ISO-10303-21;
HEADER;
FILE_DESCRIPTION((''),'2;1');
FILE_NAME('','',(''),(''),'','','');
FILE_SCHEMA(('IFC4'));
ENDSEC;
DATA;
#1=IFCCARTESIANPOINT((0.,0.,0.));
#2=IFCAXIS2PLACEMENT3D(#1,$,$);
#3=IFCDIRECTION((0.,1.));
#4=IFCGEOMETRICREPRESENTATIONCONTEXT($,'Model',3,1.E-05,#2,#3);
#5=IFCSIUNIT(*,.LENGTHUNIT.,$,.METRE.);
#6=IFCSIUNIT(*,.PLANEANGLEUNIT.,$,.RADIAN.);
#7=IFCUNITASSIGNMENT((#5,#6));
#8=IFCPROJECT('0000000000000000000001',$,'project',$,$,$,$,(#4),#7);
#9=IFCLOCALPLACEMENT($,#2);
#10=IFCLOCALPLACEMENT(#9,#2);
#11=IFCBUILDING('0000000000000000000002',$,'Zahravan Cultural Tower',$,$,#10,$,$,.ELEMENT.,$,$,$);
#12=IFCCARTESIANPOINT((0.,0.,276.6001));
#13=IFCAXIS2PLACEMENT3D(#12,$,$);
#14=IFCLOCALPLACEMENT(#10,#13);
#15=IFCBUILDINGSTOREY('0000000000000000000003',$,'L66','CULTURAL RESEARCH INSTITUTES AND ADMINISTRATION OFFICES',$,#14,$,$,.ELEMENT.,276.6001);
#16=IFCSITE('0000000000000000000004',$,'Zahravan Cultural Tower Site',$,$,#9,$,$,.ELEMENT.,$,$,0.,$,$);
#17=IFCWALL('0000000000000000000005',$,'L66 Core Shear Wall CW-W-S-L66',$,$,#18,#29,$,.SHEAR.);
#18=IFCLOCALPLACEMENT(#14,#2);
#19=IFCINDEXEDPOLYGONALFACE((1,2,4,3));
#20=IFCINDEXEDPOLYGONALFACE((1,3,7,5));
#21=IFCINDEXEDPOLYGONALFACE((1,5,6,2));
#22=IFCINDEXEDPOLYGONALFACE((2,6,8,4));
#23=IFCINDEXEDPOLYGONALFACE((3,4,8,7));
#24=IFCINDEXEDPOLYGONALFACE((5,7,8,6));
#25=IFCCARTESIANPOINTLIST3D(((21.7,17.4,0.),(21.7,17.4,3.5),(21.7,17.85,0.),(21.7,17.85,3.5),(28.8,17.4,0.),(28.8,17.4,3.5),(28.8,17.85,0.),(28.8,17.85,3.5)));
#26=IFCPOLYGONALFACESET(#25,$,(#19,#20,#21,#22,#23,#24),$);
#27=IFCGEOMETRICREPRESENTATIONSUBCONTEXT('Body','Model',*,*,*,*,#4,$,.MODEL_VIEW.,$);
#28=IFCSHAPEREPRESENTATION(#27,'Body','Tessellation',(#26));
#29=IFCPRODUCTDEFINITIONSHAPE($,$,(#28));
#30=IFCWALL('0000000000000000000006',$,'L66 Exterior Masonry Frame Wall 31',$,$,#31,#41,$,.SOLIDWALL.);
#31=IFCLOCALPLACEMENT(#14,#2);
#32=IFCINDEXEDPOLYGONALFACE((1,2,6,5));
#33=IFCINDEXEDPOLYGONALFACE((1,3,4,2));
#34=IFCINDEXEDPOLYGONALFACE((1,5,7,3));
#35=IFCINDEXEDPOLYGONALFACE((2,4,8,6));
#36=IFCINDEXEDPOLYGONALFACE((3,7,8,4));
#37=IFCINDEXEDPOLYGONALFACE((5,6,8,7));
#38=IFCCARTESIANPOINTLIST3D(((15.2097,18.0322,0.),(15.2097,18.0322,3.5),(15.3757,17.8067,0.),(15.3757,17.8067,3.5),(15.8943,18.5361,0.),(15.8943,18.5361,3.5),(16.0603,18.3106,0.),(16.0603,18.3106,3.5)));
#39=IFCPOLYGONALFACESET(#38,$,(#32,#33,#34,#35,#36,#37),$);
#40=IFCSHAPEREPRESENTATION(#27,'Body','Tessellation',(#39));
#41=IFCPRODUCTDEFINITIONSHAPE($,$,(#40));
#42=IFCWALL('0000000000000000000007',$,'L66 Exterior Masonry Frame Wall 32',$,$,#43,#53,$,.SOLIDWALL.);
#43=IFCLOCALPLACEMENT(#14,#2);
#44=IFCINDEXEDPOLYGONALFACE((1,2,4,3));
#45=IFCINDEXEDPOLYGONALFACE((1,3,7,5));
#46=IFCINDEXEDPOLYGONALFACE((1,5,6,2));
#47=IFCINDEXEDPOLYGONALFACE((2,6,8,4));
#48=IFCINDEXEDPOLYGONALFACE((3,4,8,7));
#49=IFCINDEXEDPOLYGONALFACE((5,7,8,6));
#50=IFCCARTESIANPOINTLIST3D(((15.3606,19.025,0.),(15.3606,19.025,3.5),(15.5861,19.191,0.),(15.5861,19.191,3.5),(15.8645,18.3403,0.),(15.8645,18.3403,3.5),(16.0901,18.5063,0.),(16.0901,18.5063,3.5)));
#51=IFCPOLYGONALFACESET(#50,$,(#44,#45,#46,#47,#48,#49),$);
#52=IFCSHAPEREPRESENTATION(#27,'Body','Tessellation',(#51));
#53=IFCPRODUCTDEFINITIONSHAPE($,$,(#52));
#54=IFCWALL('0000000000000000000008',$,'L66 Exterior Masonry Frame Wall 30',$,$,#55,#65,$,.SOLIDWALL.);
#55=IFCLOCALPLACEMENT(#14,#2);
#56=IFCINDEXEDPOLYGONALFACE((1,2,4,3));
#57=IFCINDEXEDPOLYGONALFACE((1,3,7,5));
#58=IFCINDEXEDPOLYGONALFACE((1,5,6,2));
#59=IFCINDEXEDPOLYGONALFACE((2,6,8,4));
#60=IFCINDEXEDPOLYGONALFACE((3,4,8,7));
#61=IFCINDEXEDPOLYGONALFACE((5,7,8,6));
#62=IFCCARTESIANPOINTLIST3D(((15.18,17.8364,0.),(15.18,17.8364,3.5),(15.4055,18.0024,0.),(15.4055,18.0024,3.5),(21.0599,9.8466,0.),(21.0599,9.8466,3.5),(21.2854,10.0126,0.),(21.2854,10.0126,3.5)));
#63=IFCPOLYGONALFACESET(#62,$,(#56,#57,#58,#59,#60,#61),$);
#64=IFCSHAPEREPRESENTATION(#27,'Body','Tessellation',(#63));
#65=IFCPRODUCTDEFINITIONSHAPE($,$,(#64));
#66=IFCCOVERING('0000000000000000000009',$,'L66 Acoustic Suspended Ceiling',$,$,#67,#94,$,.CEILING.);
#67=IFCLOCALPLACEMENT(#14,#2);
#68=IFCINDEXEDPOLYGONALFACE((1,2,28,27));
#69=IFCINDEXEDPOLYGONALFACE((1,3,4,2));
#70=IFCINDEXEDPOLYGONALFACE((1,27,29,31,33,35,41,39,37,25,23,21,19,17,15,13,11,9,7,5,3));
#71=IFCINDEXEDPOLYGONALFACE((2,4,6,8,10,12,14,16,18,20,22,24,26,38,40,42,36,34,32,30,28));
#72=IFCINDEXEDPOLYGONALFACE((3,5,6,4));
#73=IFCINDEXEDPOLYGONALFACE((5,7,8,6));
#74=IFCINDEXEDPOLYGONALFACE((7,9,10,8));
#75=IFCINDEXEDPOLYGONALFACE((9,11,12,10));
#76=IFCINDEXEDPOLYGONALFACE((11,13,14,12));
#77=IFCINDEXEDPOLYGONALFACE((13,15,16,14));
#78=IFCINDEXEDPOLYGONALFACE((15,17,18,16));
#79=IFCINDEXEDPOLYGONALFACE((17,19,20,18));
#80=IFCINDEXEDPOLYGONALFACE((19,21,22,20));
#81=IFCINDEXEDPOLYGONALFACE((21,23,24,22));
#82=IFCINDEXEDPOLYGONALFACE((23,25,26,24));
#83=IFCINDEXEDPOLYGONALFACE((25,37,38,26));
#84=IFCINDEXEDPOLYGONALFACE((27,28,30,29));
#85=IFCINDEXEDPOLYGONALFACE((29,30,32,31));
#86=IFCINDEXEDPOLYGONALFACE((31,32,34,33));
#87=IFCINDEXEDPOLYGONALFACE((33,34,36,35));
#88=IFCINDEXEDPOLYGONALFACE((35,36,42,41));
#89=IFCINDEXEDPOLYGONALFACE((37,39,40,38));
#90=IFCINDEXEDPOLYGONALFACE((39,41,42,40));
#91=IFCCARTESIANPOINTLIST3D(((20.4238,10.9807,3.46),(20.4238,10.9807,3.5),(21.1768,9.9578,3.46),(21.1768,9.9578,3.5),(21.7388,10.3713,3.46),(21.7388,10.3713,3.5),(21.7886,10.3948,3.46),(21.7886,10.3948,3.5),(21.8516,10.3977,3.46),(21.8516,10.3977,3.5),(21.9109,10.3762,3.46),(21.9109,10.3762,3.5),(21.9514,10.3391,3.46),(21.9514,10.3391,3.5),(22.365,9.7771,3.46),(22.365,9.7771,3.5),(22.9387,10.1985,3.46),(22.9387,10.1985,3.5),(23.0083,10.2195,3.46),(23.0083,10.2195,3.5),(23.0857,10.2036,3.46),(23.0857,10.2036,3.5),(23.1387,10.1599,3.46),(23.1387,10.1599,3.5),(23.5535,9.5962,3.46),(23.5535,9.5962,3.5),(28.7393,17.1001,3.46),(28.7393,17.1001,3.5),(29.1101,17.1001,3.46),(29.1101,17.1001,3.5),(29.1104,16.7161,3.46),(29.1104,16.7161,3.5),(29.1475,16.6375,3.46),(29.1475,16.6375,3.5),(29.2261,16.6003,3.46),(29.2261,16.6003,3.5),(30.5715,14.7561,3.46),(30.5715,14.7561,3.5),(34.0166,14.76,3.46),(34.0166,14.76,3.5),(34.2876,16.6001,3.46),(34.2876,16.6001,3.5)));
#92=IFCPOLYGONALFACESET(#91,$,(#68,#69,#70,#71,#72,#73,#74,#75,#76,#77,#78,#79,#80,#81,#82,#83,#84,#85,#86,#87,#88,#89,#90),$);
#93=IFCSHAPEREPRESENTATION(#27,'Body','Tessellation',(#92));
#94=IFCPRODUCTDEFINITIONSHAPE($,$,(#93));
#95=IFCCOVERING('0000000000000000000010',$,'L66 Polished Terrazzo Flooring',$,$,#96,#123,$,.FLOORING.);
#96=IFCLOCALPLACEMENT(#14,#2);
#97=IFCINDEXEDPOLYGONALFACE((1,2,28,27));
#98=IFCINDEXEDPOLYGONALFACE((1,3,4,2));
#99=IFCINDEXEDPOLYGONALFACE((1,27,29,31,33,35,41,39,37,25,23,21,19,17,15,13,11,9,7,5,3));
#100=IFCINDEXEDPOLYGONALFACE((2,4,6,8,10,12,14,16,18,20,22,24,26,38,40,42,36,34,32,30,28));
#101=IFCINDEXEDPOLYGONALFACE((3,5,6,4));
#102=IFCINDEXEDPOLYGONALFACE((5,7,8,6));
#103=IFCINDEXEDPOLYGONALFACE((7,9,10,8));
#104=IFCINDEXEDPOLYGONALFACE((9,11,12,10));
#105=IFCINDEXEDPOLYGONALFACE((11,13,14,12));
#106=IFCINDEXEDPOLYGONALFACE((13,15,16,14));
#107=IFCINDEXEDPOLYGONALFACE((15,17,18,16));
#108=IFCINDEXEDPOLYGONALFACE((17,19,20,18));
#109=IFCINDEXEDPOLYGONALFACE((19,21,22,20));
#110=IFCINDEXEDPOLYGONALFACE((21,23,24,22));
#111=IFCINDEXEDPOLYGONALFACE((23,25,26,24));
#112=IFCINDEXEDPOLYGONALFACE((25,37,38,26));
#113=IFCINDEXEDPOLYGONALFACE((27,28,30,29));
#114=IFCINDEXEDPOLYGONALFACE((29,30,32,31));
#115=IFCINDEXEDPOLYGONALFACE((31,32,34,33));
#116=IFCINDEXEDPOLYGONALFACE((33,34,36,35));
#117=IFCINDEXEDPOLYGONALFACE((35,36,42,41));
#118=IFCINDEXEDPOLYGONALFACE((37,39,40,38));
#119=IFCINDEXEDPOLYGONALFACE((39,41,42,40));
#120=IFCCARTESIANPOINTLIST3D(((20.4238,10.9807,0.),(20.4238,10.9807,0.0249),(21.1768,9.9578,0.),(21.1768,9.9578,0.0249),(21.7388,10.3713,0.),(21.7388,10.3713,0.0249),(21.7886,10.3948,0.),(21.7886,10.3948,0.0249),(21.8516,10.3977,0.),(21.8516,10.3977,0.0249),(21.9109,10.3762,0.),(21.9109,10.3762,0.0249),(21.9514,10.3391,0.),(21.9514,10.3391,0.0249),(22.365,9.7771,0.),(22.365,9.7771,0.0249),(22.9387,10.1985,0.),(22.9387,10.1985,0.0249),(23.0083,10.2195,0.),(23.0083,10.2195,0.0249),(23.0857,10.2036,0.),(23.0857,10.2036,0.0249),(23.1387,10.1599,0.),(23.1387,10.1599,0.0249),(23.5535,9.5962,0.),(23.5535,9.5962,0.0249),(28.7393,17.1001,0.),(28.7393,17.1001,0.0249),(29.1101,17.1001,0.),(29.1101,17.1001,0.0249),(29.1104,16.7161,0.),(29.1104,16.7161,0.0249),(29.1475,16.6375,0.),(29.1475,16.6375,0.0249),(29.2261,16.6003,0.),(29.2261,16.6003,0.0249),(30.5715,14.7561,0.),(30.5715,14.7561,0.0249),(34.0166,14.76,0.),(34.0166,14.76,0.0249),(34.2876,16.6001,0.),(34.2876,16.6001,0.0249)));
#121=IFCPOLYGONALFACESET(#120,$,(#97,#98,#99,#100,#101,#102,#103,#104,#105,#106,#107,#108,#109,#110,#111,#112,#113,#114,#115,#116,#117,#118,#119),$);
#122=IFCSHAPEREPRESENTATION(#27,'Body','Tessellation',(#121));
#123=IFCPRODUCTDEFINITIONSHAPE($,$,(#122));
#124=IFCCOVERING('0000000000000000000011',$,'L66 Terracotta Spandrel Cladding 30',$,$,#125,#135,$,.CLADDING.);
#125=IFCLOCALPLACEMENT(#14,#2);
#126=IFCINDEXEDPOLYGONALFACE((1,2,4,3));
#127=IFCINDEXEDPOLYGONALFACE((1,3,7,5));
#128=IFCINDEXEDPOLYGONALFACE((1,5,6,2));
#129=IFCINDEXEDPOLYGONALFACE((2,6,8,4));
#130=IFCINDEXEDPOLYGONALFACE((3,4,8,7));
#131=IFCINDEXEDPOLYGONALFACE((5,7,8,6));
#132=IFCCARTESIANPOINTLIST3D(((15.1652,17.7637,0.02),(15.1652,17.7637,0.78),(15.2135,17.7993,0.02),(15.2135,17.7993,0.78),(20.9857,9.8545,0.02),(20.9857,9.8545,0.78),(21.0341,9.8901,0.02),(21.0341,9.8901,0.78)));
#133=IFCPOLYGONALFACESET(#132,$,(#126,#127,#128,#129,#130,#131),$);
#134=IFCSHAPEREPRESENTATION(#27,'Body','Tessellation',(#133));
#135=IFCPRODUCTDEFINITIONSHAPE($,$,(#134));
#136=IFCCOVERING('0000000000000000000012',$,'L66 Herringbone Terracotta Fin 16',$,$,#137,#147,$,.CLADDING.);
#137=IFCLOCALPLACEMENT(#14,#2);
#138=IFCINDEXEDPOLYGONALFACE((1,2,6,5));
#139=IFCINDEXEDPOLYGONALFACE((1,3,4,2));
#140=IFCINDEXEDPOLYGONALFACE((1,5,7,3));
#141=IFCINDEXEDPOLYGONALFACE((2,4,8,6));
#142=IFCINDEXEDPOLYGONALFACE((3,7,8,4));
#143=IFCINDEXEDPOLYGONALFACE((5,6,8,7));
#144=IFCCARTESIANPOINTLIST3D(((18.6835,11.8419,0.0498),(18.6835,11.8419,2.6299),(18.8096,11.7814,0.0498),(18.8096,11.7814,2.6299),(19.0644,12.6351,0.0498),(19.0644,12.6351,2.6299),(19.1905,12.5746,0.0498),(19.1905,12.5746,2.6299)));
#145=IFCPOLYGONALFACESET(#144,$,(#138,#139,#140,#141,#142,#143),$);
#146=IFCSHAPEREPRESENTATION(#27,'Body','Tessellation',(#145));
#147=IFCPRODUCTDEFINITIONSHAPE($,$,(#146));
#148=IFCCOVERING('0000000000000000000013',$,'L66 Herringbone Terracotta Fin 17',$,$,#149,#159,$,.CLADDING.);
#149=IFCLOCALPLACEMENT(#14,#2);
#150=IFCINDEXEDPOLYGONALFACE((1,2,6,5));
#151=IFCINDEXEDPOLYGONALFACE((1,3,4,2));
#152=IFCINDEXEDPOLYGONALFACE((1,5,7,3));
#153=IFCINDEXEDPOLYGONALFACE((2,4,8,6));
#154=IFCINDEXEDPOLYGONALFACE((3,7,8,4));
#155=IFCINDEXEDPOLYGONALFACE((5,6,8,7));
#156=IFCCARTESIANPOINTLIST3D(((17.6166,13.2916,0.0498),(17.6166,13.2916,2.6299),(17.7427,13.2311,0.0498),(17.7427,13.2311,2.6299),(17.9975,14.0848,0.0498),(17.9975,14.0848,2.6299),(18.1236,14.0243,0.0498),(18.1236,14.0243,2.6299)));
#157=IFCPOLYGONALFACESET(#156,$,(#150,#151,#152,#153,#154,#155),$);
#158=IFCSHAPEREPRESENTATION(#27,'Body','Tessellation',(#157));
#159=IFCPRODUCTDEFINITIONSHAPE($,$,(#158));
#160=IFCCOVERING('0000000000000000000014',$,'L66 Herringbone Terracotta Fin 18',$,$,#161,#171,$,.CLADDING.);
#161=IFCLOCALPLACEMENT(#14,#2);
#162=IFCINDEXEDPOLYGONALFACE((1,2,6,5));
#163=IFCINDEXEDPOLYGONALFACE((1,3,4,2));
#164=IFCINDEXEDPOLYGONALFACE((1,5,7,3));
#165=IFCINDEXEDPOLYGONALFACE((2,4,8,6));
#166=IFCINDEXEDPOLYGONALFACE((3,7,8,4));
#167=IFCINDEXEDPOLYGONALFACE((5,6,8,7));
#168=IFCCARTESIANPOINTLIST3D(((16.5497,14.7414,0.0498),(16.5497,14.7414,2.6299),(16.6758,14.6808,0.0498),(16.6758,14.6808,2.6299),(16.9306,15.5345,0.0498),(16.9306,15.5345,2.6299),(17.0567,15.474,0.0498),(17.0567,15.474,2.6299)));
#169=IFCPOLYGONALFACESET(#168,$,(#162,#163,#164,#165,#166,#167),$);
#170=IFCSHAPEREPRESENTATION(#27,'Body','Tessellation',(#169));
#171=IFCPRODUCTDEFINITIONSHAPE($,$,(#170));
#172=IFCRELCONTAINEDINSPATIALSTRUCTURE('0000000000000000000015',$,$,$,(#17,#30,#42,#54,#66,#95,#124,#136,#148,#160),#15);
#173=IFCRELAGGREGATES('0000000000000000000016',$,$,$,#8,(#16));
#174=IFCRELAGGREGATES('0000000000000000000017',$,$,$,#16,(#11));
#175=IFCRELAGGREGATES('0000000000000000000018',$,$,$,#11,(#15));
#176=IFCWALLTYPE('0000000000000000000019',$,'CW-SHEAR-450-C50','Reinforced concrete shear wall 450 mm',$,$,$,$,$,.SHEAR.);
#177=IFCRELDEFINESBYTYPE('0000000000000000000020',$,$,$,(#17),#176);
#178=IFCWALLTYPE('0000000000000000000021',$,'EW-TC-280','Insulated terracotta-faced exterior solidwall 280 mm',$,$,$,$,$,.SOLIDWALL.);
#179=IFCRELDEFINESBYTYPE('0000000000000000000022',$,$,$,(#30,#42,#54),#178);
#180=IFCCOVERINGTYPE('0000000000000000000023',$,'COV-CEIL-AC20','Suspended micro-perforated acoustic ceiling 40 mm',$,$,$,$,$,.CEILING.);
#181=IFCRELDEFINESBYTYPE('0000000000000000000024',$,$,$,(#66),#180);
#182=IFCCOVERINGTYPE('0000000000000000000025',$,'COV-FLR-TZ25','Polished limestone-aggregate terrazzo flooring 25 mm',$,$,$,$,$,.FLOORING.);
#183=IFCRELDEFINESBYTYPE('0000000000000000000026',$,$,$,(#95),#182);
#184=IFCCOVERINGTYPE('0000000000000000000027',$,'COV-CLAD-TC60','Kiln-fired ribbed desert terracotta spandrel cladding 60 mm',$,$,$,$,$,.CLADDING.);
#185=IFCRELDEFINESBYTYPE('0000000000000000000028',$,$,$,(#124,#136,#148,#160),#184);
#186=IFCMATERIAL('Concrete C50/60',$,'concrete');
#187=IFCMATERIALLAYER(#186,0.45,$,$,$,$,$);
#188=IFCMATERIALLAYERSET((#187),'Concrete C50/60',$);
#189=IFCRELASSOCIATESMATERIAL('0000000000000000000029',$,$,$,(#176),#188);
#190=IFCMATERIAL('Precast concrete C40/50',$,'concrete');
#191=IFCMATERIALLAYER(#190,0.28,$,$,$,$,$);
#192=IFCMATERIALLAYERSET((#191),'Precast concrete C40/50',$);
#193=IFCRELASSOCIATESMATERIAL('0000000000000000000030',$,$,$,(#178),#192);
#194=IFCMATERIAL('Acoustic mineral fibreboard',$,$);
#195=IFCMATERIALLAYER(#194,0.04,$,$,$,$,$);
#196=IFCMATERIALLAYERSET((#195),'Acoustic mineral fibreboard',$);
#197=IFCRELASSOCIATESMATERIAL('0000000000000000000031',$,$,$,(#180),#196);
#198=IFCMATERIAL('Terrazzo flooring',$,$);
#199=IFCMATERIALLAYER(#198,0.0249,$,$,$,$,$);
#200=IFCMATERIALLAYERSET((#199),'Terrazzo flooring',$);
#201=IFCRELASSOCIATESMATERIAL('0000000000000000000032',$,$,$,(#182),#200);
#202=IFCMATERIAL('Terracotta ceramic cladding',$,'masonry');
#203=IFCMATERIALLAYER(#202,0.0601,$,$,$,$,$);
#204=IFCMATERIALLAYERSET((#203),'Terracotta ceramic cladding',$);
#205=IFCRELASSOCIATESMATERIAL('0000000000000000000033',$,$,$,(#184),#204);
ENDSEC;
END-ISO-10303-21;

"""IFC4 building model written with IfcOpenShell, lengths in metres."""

from ifc_helpers import new_model, si_unit, direction, frame, frame_2d, origin, origin_2d, place, context, subcontext, project, spatial, polyline, rectangle, outline, extrude, source, transform, mapped, material, layer, layer_set, type_object, element, save


model = new_model("IFC4")

# Units and contexts
model_context = context("Model", 3, precision=1e-05, world=origin(), true_north=direction((0.0, 1.0)))
body_context = subcontext(model_context, "Body", "Model", "MODEL_VIEW")
ifc_project = project(units=[si_unit("LENGTHUNIT", "METRE"), si_unit("PLANEANGLEUNIT", "RADIAN")], contexts=[model_context])

# Site, building, storey
site_placement = place(None, origin())
site = spatial("IfcSite", under=ifc_project, at=site_placement, Name="Zahravan Cultural Tower Site", CompositionType="ELEMENT", RefElevation=0.0)
building_placement = place(site_placement, origin())
building = spatial("IfcBuilding", under=site, at=building_placement, Name="Zahravan Cultural Tower", CompositionType="ELEMENT")
storey_placement = place(building_placement, frame((0.0, 0.0, 276.6001)))
storey = spatial("IfcBuildingStorey", under=building, at=storey_placement, Name="L66", Description="CULTURAL RESEARCH INSTITUTES AND ADMINISTRATION OFFICES", CompositionType="ELEMENT", Elevation=276.6001)

# Shared definitions
ifc_material_1 = material(Name="Concrete C50/60", Category="concrete")

# Walls
ifc_layer_1 = layer(ifc_material_1, 0.45)
ifc_layer_set_1 = layer_set([ifc_layer_1], Name="Concrete C50/60")
wall_type_1 = type_object("IfcWallType", Name="CW-SHEAR-450-C50", Description="Reinforced concrete shear wall 450 mm", PredefinedType="SHEAR", material=ifc_layer_set_1)
shared_shape_1 = source(origin(), body_context, "Body", "SweptSolid", [
    extrude(rectangle(XDim=7.1001, YDim=0.45, at=frame_2d((3.55, 0.0))), origin(), (0.0, 0.0, 1.0), 3.5),
])
wall_1_placement = place(storey_placement, frame((21.7, 17.625, 0.0), z_axis=(0.0, 0.0, 1.0), x_axis=(1.0, 0.0, 0.0)))
element("IfcWall", 1, at=wall_1_placement, inside=storey, type_object=wall_type_1, Name="L66 Core Shear Wall CW-W-S-L66", PredefinedType="SHEAR", context=body_context, shape_type="MappedRepresentation", body=[
    mapped(shared_shape_1, transform((0.0, 0.0, 0.0), x_axis=(1.0, 0.0, 0.0), y_axis=(0.0, 1.0, 0.0), z_axis=(0.0, 0.0, 1.0), scale=1.0)),
])
ifc_material_2 = material(Name="Precast concrete C40/50", Category="concrete")
ifc_layer_2 = layer(ifc_material_2, 0.28)
ifc_layer_set_2 = layer_set([ifc_layer_2], Name="Precast concrete C40/50")
wall_type_2 = type_object("IfcWallType", Name="EW-TC-280", Description="Insulated terracotta-faced exterior solidwall 280 mm", PredefinedType="SOLIDWALL", material=ifc_layer_set_2)
shared_shape_2 = source(origin(), body_context, "Body", "SweptSolid", [
    extrude(rectangle(XDim=0.8501, YDim=0.28, at=frame_2d((0.425, 0.0))), origin(), (0.0, 0.0, 1.0), 3.5),
])
for number, where, z_axis, x_axis, name in (
    (2, (15.2927, 17.9194, 0.0), (0.0, 0.0, 1.0), (0.805345, 0.592807, 0.0), "L66 Exterior Masonry Frame Wall 31"),
    (3, (15.9773, 18.4233, 0.0), (0.0, 0.0, 1.0), (-0.592807, 0.805345, 0.0), "L66 Exterior Masonry Frame Wall 32"),
):
    element("IfcWall", number, at=place(storey_placement, frame(where, z_axis=z_axis, x_axis=x_axis)), inside=storey, type_object=wall_type_2, Name=name, PredefinedType="SOLIDWALL", context=body_context, shape_type="MappedRepresentation", body=[
        mapped(shared_shape_2, transform((0.0, 0.0, 0.0), x_axis=(1.0, 0.0, 0.0), y_axis=(0.0, 1.0, 0.0), z_axis=(0.0, 0.0, 1.0), scale=1.0)),
    ])
shared_shape_3 = source(origin(), body_context, "Body", "SweptSolid", [
    extrude(rectangle(XDim=9.9202, YDim=0.28, at=frame_2d((4.96, 0.0))), origin(), (0.0, 0.0, 1.0), 3.5),
])
wall_2_placement = place(storey_placement, frame((21.1726, 9.9297, 0.0), z_axis=(0.0, 0.0, 1.0), x_axis=(-0.592722, 0.805407, 0.0)))
element("IfcWall", 4, at=wall_2_placement, inside=storey, type_object=wall_type_2, Name="L66 Exterior Masonry Frame Wall 30", PredefinedType="SOLIDWALL", context=body_context, shape_type="MappedRepresentation", body=[
    mapped(shared_shape_3, transform((0.0, 0.0, 0.0), x_axis=(1.0, 0.0, 0.0), y_axis=(0.0, 1.0, 0.0), z_axis=(0.0, 0.0, 1.0), scale=1.0)),
])

# Coverings
ifc_material_3 = material(Name="Acoustic mineral fibreboard")
ifc_layer_3 = layer(ifc_material_3, 0.04)
ifc_layer_set_3 = layer_set([ifc_layer_3], Name="Acoustic mineral fibreboard")
covering_type_1 = type_object("IfcCoveringType", Name="COV-CEIL-AC20", Description="Suspended micro-perforated acoustic ceiling 40 mm", PredefinedType="CEILING", material=ifc_layer_set_3)
covering_1_placement = place(storey_placement, frame((0.0, 0.0, 3.46)))
element("IfcCovering", 5, at=covering_1_placement, inside=storey, type_object=covering_type_1, Name="L66 Acoustic Suspended Ceiling", PredefinedType="CEILING", context=body_context, shape_type="SweptSolid", body=[
    extrude(outline(polyline([(21.1768, 9.9578), (21.7388, 10.3713), (21.7886, 10.3948), (21.8516, 10.3977), (21.9109, 10.3762), (21.9514, 10.3391), (22.365, 9.7771), (22.9387, 10.1985), (23.0083, 10.2195), (23.0857, 10.2036), (23.1387, 10.1599), (23.5535, 9.5962), (30.5715, 14.7561), (34.0166, 14.76), (34.2876, 16.6001), (29.2261, 16.6003), (29.1475, 16.6375), (29.1104, 16.7161), (29.1101, 17.1001), (28.7393, 17.1001), (20.4238, 10.9807), (21.1768, 9.9578)])), origin(), (0.0, 0.0, 1.0), 0.04),
])
ifc_material_4 = material(Name="Terrazzo flooring")
ifc_layer_4 = layer(ifc_material_4, 0.0249)
ifc_layer_set_4 = layer_set([ifc_layer_4], Name="Terrazzo flooring")
covering_type_2 = type_object("IfcCoveringType", Name="COV-FLR-TZ25", Description="Polished limestone-aggregate terrazzo flooring 25 mm", PredefinedType="FLOORING", material=ifc_layer_set_4)
covering_2_placement = place(storey_placement, origin())
element("IfcCovering", 6, at=covering_2_placement, inside=storey, type_object=covering_type_2, Name="L66 Polished Terrazzo Flooring", PredefinedType="FLOORING", context=body_context, shape_type="SweptSolid", body=[
    extrude(outline(polyline([(21.1768, 9.9578), (21.7388, 10.3713), (21.7886, 10.3948), (21.8516, 10.3977), (21.9109, 10.3762), (21.9514, 10.3391), (22.365, 9.7771), (22.9387, 10.1985), (23.0083, 10.2195), (23.0857, 10.2036), (23.1387, 10.1599), (23.5535, 9.5962), (30.5715, 14.7561), (34.0166, 14.76), (34.2876, 16.6001), (29.2261, 16.6003), (29.1475, 16.6375), (29.1104, 16.7161), (29.1101, 17.1001), (28.7393, 17.1001), (20.4238, 10.9807), (21.1768, 9.9578)])), origin(), (0.0, 0.0, 1.0), 0.0249),
])
ifc_material_5 = material(Name="Terracotta ceramic cladding", Category="masonry")
ifc_layer_5 = layer(ifc_material_5, 0.0601)
ifc_layer_set_5 = layer_set([ifc_layer_5], Name="Terracotta ceramic cladding")
covering_type_3 = type_object("IfcCoveringType", Name="COV-CLAD-TC60", Description="Kiln-fired ribbed desert terracotta spandrel cladding 60 mm", PredefinedType="CLADDING", material=ifc_layer_set_5)
shared_shape_4 = source(origin(), body_context, "Body", "SweptSolid", [
    extrude(rectangle(XDim=9.8201, YDim=0.0601, at=origin_2d()), origin(), (0.0, 0.0, 1.0), 0.76),
])
covering_3_placement = place(storey_placement, frame((18.0996, 13.8269, 0.02), z_axis=(0.0, 0.0, 1.0), x_axis=(-0.592716, 0.805411, 0.0)))
element("IfcCovering", 7, at=covering_3_placement, inside=storey, type_object=covering_type_3, Name="L66 Terracotta Spandrel Cladding 30", PredefinedType="CLADDING", context=body_context, shape_type="MappedRepresentation", body=[
    mapped(shared_shape_4, transform((0.0, 0.0, 0.0), x_axis=(1.0, 0.0, 0.0), y_axis=(0.0, 1.0, 0.0), z_axis=(0.0, 0.0, 1.0), scale=1.0)),
])
shared_shape_5 = source(origin(), body_context, "Body", "SweptSolid", [
    extrude(rectangle(XDim=0.8799, YDim=0.1399, at=origin_2d()), origin(), (0.0, 0.0, 1.0), 2.5801),
])
for number, where, z_axis, x_axis, name in (
    (8, (18.937, 12.2083, 0.0498), (0.0, 0.0, 1.0), (-0.432873, -0.901455, 0.0), "L66 Herringbone Terracotta Fin 16"),
    (9, (17.8701, 13.658, 0.0498), (0.0, 0.0, 1.0), (-0.432873, -0.901455, 0.0), "L66 Herringbone Terracotta Fin 17"),
    (10, (16.8032, 15.1077, 0.0498), (0.0, 0.0, 1.0), (-0.432873, -0.901455, 0.0), "L66 Herringbone Terracotta Fin 18"),
):
    element("IfcCovering", number, at=place(storey_placement, frame(where, z_axis=z_axis, x_axis=x_axis)), inside=storey, type_object=covering_type_3, Name=name, PredefinedType="CLADDING", context=body_context, shape_type="MappedRepresentation", body=[
        mapped(shared_shape_5, transform((0.0, 0.0, 0.0), x_axis=(1.0, 0.0, 0.0), y_axis=(0.0, 1.0, 0.0), z_axis=(0.0, 0.0, 1.0), scale=1.0)),
    ])

save(model, "model.ifc")
